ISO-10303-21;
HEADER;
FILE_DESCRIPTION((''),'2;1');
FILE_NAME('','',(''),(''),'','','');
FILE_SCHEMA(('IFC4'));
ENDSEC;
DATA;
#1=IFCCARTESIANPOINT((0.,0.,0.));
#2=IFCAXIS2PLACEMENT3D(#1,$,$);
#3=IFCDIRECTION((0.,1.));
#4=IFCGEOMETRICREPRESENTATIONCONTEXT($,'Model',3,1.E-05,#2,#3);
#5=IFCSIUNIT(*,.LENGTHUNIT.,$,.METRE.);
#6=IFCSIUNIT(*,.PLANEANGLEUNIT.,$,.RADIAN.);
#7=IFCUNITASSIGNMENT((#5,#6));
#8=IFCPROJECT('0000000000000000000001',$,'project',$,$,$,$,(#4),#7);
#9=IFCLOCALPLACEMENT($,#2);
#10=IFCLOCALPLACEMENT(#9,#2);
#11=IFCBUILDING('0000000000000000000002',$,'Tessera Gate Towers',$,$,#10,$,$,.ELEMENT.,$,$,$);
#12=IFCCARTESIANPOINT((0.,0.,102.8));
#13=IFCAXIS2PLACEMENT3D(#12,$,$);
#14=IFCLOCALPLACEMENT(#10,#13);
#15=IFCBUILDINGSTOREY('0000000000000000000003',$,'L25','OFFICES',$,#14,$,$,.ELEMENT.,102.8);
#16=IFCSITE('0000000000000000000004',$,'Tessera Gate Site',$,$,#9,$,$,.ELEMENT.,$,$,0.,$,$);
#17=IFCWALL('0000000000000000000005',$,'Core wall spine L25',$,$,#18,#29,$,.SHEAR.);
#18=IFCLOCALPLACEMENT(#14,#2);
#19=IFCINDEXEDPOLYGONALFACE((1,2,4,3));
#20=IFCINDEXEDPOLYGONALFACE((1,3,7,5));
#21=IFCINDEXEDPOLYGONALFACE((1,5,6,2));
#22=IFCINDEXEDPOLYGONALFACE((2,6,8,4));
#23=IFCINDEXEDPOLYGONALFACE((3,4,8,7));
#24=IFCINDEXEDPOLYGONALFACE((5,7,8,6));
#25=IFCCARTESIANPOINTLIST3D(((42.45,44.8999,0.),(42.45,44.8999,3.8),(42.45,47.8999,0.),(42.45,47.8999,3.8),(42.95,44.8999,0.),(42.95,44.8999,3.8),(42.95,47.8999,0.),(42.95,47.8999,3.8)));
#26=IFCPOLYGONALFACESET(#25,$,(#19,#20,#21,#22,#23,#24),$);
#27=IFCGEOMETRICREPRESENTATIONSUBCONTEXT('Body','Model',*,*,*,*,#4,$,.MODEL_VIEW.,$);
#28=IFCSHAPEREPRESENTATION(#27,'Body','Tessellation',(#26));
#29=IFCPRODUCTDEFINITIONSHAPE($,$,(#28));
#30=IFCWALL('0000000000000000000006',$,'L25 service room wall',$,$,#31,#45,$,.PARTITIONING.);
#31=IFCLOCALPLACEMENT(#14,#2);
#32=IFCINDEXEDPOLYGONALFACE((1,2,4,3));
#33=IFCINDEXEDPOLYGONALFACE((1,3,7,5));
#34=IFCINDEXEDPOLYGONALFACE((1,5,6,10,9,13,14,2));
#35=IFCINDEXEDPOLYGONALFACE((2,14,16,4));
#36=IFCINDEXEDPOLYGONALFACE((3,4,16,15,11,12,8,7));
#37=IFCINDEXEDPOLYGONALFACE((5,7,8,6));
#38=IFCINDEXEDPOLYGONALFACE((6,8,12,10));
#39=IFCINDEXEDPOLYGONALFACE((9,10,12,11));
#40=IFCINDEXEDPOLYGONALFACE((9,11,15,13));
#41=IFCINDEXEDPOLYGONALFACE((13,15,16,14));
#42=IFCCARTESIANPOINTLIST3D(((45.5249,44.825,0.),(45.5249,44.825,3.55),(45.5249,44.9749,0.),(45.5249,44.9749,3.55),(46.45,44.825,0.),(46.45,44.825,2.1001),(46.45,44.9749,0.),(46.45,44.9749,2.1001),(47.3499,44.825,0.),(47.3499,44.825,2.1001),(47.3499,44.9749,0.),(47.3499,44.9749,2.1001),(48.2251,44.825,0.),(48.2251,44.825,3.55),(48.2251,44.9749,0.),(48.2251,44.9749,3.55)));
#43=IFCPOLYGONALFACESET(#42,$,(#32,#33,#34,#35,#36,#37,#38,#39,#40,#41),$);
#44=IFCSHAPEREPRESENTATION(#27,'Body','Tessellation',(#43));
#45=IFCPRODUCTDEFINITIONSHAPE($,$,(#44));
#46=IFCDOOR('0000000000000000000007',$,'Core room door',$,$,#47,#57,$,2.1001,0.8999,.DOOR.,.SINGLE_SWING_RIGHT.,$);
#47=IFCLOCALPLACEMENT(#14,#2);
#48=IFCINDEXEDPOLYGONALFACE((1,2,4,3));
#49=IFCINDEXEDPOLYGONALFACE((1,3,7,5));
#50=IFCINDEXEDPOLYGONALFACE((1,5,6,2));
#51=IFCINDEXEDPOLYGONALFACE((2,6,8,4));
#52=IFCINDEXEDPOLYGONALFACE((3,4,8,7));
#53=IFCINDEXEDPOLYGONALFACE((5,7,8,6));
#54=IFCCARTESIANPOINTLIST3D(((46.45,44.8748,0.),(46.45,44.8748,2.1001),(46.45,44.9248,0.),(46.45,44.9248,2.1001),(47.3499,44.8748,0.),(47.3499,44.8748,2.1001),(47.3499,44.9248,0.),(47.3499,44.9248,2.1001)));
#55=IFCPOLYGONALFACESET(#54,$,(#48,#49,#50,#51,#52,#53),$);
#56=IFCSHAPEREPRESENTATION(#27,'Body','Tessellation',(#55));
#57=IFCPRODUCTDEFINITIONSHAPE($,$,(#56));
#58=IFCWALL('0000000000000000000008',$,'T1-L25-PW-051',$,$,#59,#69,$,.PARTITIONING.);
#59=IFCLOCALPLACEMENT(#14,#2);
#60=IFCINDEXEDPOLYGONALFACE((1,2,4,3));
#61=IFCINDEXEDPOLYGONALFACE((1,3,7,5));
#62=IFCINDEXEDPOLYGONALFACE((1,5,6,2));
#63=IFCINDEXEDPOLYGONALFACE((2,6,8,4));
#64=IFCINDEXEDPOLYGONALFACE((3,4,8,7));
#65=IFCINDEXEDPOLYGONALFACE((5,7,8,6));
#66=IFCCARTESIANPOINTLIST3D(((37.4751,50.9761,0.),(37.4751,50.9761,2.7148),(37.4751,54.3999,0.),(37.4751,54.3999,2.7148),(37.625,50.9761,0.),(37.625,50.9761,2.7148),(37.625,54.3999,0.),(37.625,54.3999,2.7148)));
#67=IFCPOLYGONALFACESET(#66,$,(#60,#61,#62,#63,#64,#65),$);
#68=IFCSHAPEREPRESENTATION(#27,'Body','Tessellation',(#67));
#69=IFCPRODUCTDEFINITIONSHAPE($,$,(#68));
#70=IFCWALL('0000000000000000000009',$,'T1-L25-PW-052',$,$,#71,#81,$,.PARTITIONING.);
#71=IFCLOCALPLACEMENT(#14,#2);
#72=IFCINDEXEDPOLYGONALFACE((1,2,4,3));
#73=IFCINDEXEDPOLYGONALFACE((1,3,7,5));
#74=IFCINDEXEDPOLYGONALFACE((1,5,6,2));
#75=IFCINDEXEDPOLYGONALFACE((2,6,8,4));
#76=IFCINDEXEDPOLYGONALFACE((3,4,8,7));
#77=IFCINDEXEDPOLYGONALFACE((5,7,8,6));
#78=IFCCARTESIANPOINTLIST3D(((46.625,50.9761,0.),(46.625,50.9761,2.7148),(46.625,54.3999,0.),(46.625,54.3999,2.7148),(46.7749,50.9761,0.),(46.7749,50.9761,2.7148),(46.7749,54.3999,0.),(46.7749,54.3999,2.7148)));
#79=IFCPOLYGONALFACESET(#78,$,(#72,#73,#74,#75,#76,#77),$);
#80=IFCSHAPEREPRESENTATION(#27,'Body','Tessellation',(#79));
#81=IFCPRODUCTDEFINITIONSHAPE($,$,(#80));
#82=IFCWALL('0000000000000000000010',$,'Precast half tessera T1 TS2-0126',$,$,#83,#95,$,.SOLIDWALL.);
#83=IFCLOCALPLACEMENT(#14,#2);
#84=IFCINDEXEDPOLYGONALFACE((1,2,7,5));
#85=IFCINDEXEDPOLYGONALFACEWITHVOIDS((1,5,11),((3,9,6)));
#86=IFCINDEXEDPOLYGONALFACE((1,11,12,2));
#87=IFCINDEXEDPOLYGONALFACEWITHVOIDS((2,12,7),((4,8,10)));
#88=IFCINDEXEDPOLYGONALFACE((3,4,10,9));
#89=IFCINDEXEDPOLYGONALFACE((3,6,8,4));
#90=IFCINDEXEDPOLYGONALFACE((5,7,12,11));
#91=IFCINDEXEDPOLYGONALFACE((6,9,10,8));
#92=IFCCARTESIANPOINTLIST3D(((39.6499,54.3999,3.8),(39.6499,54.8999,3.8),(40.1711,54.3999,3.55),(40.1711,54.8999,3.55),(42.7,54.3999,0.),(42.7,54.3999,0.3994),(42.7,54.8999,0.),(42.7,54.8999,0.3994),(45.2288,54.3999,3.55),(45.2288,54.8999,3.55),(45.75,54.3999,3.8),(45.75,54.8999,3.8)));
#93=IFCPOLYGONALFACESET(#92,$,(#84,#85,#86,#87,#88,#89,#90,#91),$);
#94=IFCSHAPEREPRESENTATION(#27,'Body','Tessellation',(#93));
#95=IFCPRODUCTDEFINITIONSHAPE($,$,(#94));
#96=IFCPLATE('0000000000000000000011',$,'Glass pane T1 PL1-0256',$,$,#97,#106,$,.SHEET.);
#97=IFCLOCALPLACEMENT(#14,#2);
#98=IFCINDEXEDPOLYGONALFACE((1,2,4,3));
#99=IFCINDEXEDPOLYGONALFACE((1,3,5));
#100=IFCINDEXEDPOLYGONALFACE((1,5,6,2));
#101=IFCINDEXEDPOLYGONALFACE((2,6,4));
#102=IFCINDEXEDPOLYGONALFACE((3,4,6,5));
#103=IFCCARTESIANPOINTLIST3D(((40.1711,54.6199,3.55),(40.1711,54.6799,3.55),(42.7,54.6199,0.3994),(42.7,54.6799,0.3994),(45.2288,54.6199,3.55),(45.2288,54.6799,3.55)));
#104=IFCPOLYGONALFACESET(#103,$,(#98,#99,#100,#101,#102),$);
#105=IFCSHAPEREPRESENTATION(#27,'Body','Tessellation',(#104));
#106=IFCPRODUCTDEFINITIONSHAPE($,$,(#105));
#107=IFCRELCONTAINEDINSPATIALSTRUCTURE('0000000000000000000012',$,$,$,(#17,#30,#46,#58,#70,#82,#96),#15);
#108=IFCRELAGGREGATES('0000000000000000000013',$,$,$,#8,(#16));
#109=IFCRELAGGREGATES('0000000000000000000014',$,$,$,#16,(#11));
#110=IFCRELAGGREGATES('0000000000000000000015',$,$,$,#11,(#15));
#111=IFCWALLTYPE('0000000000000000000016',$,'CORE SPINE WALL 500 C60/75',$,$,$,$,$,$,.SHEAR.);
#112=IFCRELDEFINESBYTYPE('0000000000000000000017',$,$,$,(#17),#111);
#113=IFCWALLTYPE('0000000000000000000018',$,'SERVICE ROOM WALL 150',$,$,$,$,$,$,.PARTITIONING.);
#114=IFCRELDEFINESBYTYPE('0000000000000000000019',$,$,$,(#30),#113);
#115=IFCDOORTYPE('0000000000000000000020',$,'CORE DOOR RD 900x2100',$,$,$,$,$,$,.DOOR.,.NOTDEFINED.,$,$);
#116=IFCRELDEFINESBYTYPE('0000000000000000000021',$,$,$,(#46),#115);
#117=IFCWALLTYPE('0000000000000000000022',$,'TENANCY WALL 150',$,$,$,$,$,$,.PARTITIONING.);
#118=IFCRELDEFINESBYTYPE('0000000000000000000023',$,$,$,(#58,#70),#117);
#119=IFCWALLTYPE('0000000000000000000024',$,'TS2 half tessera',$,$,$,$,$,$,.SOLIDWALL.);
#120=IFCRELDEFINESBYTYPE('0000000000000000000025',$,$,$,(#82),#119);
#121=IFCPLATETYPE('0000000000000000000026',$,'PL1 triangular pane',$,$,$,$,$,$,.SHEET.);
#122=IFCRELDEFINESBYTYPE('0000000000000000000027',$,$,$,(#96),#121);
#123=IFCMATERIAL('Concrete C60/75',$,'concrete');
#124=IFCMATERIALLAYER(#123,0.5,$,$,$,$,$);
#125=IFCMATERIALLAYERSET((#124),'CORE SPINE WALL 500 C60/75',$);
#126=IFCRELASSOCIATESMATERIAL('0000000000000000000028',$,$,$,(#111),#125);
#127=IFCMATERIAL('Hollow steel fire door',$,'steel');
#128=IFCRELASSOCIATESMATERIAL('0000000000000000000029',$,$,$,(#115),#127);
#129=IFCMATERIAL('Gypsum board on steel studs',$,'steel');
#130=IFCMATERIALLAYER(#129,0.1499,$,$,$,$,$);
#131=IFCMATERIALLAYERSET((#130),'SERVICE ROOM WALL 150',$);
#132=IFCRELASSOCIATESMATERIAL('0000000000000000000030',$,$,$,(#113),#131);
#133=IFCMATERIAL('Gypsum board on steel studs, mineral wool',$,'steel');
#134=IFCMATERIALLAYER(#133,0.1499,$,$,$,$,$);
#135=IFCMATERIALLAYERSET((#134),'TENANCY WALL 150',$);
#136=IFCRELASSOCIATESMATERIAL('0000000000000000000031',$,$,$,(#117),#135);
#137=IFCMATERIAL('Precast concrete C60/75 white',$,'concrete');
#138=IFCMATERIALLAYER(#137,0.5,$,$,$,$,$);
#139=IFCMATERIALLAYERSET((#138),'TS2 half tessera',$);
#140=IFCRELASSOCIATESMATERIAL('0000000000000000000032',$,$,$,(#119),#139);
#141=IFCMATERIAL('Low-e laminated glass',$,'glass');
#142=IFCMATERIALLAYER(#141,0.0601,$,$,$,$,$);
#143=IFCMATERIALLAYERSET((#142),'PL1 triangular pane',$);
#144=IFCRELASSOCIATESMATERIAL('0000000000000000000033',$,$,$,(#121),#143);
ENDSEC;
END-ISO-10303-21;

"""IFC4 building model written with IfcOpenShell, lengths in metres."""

from ifc_helpers import new_model, si_unit, direction, frame, frame_2d, origin, place, context, subcontext, project, spatial, polyline, rectangle, outline, extrude, source, transform, mapped, material, layer, layer_set, type_object, element, fill, save


model = new_model("IFC4")

# Units and contexts
model_context = context("Model", 3, precision=1e-05, world=origin(), true_north=direction((0.0, 1.0)))
body_context = subcontext(model_context, "Body", "Model", "MODEL_VIEW")
ifc_project = project(units=[si_unit("LENGTHUNIT", "METRE"), si_unit("PLANEANGLEUNIT", "RADIAN")], contexts=[model_context])

# Site, building, storey
site_placement = place(None, origin())
site = spatial("IfcSite", under=ifc_project, at=site_placement, Name="Tessera Gate Site", CompositionType="ELEMENT", RefElevation=0.0)
building_placement = place(site_placement, origin())
building = spatial("IfcBuilding", under=site, at=building_placement, Name="Tessera Gate Towers", CompositionType="ELEMENT")
storey_placement = place(building_placement, frame((0.0, 0.0, 102.8)))
storey = spatial("IfcBuildingStorey", under=building, at=storey_placement, Name="L25", Description="OFFICES", CompositionType="ELEMENT", Elevation=102.8)

# Shared definitions
ifc_material_1 = material(Name="Concrete C60/75", Category="concrete")
ifc_layer_1 = layer(ifc_material_1, 0.5)
ifc_layer_set_1 = layer_set([ifc_layer_1], Name="CORE SPINE WALL 500 C60/75")
wall_type_1 = type_object("IfcWallType", Name="CORE SPINE WALL 500 C60/75", PredefinedType="SHEAR", material=ifc_layer_set_1)
ifc_material_2 = material(Name="Hollow steel fire door", Category="steel")
door_type_1 = type_object("IfcDoorType", Name="CORE DOOR RD 900x2100", OperationType="NOTDEFINED", PredefinedType="DOOR", material=ifc_material_2)
shared_shape_1 = source(origin(), body_context, "Body", "SweptSolid", [
    extrude(rectangle(XDim=0.8999, YDim=2.1001, at=frame_2d((0.45, 1.05))), frame((0.0, 0.0249, 0.0), z_axis=(0.0, -1.0, 0.0), x_axis=(1.0, 0.0, 0.0)), (0.0, 0.0, 1.0), 0.05),
])

# Wall
wall_1_placement = place(storey_placement, frame((42.7, 44.8999, 0.0), z_axis=(0.0, 0.0, 1.0), x_axis=(0.0, 1.0, 0.0)))
element("IfcWall", 1, at=wall_1_placement, inside=storey, type_object=wall_type_1, Name="Core wall spine L25", PredefinedType="SHEAR", context=body_context, shape_type="SweptSolid", body=[
    extrude(rectangle(XDim=3.0, YDim=0.5, at=frame_2d((1.5, 0.0))), origin(), (0.0, 0.0, 1.0), 3.8),
])

# Wall, opening, door
ifc_material_3 = material(Name="Gypsum board on steel studs", Category="steel")
ifc_layer_2 = layer(ifc_material_3, 0.1499)
ifc_layer_set_2 = layer_set([ifc_layer_2], Name="SERVICE ROOM WALL 150")
wall_type_2 = type_object("IfcWallType", Name="SERVICE ROOM WALL 150", PredefinedType="PARTITIONING", material=ifc_layer_set_2)
wall_2_placement = place(storey_placement, frame((45.5249, 44.8999, 0.0), z_axis=(0.0, 0.0, 1.0), x_axis=(1.0, 0.0, 0.0)))
wall_2 = element("IfcWall", 2, at=wall_2_placement, inside=storey, type_object=wall_type_2, Name="L25 service room wall", PredefinedType="PARTITIONING", context=body_context, shape_type="SweptSolid", body=[
    extrude(rectangle(XDim=2.7002, YDim=0.1499, at=frame_2d((1.3501, 0.0))), origin(), (0.0, 0.0, 1.0), 3.55),
])
shared_shape_2 = source(origin(), body_context, "Body", "SweptSolid", [
    extrude(rectangle(XDim=0.8999, YDim=2.1001, at=frame_2d((0.45, 1.05))), frame((0.0, 0.085, 0.0), z_axis=(0.0, -1.0, 0.0), x_axis=(1.0, 0.0, 0.0)), (0.0, 0.0, 1.0), 0.1699),
])
opening_1_placement = place(wall_2_placement, frame((0.925, 0.0, 0.0)))
opening_1 = element("IfcOpeningElement", 3, at=opening_1_placement, cuts=wall_2, PredefinedType="OPENING", context=body_context, shape_type="MappedRepresentation", body=[
    mapped(shared_shape_2, transform((0.0, 0.0, 0.0), scale=1.0)),
])
door_1_placement = place(opening_1_placement, origin())
door_1 = element("IfcDoor", 4, at=door_1_placement, inside=storey, type_object=door_type_1, Name="Core room door", OperationType="SINGLE_SWING_RIGHT", OverallHeight=2.1001, OverallWidth=0.8999, PredefinedType="DOOR", context=body_context, shape_type="MappedRepresentation", body=[
    mapped(shared_shape_1, transform((0.0, 0.0, 0.0), scale=1.0)),
])
fill(opening_1, door_1)

# Walls
ifc_material_4 = material(Name="Gypsum board on steel studs, mineral wool", Category="steel")
ifc_layer_3 = layer(ifc_material_4, 0.1499)
ifc_layer_set_3 = layer_set([ifc_layer_3], Name="TENANCY WALL 150")
wall_type_3 = type_object("IfcWallType", Name="TENANCY WALL 150", PredefinedType="PARTITIONING", material=ifc_layer_set_3)
for number, where, z_axis, x_axis, name in (
    (5, (37.55, 50.9761, 0.0), (0.0, 0.0, 1.0), (0.0, 1.0, 0.0), "T1-L25-PW-051"),
    (6, (46.7, 50.9761, 0.0), (0.0, 0.0, 1.0), (0.0, 1.0, 0.0), "T1-L25-PW-052"),
):
    element("IfcWall", number, at=place(storey_placement, frame(where, z_axis=z_axis, x_axis=x_axis)), inside=storey, type_object=wall_type_3, Name=name, PredefinedType="PARTITIONING", context=body_context, shape_type="SweptSolid", body=[
        extrude(rectangle(XDim=3.4238, YDim=0.1499, at=frame_2d((1.7119, 0.0))), origin(), (0.0, 0.0, 1.0), 2.7148),
    ])

# Wall, opening, plate
ifc_material_5 = material(Name="Precast concrete C60/75 white", Category="concrete")
ifc_layer_4 = layer(ifc_material_5, 0.5)
ifc_layer_set_4 = layer_set([ifc_layer_4], Name="TS2 half tessera")
wall_type_4 = type_object("IfcWallType", Name="TS2 half tessera", PredefinedType="SOLIDWALL", material=ifc_layer_set_4)
shared_shape_3 = source(origin(), body_context, "Body", "SweptSolid", [
    extrude(outline(polyline([(3.05, 0.0), (6.1001, 3.8), (0.0, 3.8), (3.05, 0.0)])), frame((0.0, 0.25, 0.0), z_axis=(0.0, -1.0, 0.0), x_axis=(1.0, 0.0, 0.0)), (0.0, 0.0, 1.0), 0.5),
])
wall_3_placement = place(storey_placement, frame((45.75, 54.6499, 0.0), z_axis=(0.0, 0.0, 1.0), x_axis=(-1.0, 0.0, 0.0)))
wall_3 = element("IfcWall", 7, at=wall_3_placement, inside=storey, type_object=wall_type_4, Name="Precast half tessera T1 TS2-0126", PredefinedType="SOLIDWALL", context=body_context, shape_type="MappedRepresentation", body=[
    mapped(shared_shape_3, transform((0.0, 0.0, 0.0), scale=1.0)),
])
shared_shape_4 = source(origin(), body_context, "Body", "SweptSolid", [
    extrude(outline(polyline([(3.05, 0.3994), (5.5789, 3.55), (0.5212, 3.55), (3.05, 0.3994)])), frame((0.0, 0.26, 0.0), z_axis=(0.0, -1.0, 0.0), x_axis=(1.0, 0.0, 0.0)), (0.0, 0.0, 1.0), 0.52),
])
opening_2_placement = place(wall_3_placement, origin())
opening_2 = element("IfcOpeningElement", 8, at=opening_2_placement, cuts=wall_3, PredefinedType="OPENING", context=body_context, shape_type="MappedRepresentation", body=[
    mapped(shared_shape_4, transform((0.0, 0.0, 0.0), scale=1.0)),
])
ifc_material_6 = material(Name="Low-e laminated glass", Category="glass")
ifc_layer_5 = layer(ifc_material_6, 0.0601)
ifc_layer_set_5 = layer_set([ifc_layer_5], Name="PL1 triangular pane")
plate_type = type_object("IfcPlateType", Name="PL1 triangular pane", PredefinedType="SHEET", material=ifc_layer_set_5)
shared_shape_5 = source(origin(), body_context, "Body", "SweptSolid", [
    extrude(outline(polyline([(3.05, 0.3994), (5.5789, 3.55), (0.5212, 3.55), (3.05, 0.3994)])), frame((0.0, 0.03, 0.0), z_axis=(0.0, -1.0, 0.0), x_axis=(1.0, 0.0, 0.0)), (0.0, 0.0, 1.0), 0.0601),
])
plate_placement = place(opening_2_placement, origin())
plate = element("IfcPlate", 9, at=plate_placement, inside=storey, type_object=plate_type, Name="Glass pane T1 PL1-0256", PredefinedType="SHEET", context=body_context, shape_type="MappedRepresentation", body=[
    mapped(shared_shape_5, transform((0.0, 0.0, 0.0), scale=1.0)),
])
fill(opening_2, plate)

save(model, "model.ifc")
